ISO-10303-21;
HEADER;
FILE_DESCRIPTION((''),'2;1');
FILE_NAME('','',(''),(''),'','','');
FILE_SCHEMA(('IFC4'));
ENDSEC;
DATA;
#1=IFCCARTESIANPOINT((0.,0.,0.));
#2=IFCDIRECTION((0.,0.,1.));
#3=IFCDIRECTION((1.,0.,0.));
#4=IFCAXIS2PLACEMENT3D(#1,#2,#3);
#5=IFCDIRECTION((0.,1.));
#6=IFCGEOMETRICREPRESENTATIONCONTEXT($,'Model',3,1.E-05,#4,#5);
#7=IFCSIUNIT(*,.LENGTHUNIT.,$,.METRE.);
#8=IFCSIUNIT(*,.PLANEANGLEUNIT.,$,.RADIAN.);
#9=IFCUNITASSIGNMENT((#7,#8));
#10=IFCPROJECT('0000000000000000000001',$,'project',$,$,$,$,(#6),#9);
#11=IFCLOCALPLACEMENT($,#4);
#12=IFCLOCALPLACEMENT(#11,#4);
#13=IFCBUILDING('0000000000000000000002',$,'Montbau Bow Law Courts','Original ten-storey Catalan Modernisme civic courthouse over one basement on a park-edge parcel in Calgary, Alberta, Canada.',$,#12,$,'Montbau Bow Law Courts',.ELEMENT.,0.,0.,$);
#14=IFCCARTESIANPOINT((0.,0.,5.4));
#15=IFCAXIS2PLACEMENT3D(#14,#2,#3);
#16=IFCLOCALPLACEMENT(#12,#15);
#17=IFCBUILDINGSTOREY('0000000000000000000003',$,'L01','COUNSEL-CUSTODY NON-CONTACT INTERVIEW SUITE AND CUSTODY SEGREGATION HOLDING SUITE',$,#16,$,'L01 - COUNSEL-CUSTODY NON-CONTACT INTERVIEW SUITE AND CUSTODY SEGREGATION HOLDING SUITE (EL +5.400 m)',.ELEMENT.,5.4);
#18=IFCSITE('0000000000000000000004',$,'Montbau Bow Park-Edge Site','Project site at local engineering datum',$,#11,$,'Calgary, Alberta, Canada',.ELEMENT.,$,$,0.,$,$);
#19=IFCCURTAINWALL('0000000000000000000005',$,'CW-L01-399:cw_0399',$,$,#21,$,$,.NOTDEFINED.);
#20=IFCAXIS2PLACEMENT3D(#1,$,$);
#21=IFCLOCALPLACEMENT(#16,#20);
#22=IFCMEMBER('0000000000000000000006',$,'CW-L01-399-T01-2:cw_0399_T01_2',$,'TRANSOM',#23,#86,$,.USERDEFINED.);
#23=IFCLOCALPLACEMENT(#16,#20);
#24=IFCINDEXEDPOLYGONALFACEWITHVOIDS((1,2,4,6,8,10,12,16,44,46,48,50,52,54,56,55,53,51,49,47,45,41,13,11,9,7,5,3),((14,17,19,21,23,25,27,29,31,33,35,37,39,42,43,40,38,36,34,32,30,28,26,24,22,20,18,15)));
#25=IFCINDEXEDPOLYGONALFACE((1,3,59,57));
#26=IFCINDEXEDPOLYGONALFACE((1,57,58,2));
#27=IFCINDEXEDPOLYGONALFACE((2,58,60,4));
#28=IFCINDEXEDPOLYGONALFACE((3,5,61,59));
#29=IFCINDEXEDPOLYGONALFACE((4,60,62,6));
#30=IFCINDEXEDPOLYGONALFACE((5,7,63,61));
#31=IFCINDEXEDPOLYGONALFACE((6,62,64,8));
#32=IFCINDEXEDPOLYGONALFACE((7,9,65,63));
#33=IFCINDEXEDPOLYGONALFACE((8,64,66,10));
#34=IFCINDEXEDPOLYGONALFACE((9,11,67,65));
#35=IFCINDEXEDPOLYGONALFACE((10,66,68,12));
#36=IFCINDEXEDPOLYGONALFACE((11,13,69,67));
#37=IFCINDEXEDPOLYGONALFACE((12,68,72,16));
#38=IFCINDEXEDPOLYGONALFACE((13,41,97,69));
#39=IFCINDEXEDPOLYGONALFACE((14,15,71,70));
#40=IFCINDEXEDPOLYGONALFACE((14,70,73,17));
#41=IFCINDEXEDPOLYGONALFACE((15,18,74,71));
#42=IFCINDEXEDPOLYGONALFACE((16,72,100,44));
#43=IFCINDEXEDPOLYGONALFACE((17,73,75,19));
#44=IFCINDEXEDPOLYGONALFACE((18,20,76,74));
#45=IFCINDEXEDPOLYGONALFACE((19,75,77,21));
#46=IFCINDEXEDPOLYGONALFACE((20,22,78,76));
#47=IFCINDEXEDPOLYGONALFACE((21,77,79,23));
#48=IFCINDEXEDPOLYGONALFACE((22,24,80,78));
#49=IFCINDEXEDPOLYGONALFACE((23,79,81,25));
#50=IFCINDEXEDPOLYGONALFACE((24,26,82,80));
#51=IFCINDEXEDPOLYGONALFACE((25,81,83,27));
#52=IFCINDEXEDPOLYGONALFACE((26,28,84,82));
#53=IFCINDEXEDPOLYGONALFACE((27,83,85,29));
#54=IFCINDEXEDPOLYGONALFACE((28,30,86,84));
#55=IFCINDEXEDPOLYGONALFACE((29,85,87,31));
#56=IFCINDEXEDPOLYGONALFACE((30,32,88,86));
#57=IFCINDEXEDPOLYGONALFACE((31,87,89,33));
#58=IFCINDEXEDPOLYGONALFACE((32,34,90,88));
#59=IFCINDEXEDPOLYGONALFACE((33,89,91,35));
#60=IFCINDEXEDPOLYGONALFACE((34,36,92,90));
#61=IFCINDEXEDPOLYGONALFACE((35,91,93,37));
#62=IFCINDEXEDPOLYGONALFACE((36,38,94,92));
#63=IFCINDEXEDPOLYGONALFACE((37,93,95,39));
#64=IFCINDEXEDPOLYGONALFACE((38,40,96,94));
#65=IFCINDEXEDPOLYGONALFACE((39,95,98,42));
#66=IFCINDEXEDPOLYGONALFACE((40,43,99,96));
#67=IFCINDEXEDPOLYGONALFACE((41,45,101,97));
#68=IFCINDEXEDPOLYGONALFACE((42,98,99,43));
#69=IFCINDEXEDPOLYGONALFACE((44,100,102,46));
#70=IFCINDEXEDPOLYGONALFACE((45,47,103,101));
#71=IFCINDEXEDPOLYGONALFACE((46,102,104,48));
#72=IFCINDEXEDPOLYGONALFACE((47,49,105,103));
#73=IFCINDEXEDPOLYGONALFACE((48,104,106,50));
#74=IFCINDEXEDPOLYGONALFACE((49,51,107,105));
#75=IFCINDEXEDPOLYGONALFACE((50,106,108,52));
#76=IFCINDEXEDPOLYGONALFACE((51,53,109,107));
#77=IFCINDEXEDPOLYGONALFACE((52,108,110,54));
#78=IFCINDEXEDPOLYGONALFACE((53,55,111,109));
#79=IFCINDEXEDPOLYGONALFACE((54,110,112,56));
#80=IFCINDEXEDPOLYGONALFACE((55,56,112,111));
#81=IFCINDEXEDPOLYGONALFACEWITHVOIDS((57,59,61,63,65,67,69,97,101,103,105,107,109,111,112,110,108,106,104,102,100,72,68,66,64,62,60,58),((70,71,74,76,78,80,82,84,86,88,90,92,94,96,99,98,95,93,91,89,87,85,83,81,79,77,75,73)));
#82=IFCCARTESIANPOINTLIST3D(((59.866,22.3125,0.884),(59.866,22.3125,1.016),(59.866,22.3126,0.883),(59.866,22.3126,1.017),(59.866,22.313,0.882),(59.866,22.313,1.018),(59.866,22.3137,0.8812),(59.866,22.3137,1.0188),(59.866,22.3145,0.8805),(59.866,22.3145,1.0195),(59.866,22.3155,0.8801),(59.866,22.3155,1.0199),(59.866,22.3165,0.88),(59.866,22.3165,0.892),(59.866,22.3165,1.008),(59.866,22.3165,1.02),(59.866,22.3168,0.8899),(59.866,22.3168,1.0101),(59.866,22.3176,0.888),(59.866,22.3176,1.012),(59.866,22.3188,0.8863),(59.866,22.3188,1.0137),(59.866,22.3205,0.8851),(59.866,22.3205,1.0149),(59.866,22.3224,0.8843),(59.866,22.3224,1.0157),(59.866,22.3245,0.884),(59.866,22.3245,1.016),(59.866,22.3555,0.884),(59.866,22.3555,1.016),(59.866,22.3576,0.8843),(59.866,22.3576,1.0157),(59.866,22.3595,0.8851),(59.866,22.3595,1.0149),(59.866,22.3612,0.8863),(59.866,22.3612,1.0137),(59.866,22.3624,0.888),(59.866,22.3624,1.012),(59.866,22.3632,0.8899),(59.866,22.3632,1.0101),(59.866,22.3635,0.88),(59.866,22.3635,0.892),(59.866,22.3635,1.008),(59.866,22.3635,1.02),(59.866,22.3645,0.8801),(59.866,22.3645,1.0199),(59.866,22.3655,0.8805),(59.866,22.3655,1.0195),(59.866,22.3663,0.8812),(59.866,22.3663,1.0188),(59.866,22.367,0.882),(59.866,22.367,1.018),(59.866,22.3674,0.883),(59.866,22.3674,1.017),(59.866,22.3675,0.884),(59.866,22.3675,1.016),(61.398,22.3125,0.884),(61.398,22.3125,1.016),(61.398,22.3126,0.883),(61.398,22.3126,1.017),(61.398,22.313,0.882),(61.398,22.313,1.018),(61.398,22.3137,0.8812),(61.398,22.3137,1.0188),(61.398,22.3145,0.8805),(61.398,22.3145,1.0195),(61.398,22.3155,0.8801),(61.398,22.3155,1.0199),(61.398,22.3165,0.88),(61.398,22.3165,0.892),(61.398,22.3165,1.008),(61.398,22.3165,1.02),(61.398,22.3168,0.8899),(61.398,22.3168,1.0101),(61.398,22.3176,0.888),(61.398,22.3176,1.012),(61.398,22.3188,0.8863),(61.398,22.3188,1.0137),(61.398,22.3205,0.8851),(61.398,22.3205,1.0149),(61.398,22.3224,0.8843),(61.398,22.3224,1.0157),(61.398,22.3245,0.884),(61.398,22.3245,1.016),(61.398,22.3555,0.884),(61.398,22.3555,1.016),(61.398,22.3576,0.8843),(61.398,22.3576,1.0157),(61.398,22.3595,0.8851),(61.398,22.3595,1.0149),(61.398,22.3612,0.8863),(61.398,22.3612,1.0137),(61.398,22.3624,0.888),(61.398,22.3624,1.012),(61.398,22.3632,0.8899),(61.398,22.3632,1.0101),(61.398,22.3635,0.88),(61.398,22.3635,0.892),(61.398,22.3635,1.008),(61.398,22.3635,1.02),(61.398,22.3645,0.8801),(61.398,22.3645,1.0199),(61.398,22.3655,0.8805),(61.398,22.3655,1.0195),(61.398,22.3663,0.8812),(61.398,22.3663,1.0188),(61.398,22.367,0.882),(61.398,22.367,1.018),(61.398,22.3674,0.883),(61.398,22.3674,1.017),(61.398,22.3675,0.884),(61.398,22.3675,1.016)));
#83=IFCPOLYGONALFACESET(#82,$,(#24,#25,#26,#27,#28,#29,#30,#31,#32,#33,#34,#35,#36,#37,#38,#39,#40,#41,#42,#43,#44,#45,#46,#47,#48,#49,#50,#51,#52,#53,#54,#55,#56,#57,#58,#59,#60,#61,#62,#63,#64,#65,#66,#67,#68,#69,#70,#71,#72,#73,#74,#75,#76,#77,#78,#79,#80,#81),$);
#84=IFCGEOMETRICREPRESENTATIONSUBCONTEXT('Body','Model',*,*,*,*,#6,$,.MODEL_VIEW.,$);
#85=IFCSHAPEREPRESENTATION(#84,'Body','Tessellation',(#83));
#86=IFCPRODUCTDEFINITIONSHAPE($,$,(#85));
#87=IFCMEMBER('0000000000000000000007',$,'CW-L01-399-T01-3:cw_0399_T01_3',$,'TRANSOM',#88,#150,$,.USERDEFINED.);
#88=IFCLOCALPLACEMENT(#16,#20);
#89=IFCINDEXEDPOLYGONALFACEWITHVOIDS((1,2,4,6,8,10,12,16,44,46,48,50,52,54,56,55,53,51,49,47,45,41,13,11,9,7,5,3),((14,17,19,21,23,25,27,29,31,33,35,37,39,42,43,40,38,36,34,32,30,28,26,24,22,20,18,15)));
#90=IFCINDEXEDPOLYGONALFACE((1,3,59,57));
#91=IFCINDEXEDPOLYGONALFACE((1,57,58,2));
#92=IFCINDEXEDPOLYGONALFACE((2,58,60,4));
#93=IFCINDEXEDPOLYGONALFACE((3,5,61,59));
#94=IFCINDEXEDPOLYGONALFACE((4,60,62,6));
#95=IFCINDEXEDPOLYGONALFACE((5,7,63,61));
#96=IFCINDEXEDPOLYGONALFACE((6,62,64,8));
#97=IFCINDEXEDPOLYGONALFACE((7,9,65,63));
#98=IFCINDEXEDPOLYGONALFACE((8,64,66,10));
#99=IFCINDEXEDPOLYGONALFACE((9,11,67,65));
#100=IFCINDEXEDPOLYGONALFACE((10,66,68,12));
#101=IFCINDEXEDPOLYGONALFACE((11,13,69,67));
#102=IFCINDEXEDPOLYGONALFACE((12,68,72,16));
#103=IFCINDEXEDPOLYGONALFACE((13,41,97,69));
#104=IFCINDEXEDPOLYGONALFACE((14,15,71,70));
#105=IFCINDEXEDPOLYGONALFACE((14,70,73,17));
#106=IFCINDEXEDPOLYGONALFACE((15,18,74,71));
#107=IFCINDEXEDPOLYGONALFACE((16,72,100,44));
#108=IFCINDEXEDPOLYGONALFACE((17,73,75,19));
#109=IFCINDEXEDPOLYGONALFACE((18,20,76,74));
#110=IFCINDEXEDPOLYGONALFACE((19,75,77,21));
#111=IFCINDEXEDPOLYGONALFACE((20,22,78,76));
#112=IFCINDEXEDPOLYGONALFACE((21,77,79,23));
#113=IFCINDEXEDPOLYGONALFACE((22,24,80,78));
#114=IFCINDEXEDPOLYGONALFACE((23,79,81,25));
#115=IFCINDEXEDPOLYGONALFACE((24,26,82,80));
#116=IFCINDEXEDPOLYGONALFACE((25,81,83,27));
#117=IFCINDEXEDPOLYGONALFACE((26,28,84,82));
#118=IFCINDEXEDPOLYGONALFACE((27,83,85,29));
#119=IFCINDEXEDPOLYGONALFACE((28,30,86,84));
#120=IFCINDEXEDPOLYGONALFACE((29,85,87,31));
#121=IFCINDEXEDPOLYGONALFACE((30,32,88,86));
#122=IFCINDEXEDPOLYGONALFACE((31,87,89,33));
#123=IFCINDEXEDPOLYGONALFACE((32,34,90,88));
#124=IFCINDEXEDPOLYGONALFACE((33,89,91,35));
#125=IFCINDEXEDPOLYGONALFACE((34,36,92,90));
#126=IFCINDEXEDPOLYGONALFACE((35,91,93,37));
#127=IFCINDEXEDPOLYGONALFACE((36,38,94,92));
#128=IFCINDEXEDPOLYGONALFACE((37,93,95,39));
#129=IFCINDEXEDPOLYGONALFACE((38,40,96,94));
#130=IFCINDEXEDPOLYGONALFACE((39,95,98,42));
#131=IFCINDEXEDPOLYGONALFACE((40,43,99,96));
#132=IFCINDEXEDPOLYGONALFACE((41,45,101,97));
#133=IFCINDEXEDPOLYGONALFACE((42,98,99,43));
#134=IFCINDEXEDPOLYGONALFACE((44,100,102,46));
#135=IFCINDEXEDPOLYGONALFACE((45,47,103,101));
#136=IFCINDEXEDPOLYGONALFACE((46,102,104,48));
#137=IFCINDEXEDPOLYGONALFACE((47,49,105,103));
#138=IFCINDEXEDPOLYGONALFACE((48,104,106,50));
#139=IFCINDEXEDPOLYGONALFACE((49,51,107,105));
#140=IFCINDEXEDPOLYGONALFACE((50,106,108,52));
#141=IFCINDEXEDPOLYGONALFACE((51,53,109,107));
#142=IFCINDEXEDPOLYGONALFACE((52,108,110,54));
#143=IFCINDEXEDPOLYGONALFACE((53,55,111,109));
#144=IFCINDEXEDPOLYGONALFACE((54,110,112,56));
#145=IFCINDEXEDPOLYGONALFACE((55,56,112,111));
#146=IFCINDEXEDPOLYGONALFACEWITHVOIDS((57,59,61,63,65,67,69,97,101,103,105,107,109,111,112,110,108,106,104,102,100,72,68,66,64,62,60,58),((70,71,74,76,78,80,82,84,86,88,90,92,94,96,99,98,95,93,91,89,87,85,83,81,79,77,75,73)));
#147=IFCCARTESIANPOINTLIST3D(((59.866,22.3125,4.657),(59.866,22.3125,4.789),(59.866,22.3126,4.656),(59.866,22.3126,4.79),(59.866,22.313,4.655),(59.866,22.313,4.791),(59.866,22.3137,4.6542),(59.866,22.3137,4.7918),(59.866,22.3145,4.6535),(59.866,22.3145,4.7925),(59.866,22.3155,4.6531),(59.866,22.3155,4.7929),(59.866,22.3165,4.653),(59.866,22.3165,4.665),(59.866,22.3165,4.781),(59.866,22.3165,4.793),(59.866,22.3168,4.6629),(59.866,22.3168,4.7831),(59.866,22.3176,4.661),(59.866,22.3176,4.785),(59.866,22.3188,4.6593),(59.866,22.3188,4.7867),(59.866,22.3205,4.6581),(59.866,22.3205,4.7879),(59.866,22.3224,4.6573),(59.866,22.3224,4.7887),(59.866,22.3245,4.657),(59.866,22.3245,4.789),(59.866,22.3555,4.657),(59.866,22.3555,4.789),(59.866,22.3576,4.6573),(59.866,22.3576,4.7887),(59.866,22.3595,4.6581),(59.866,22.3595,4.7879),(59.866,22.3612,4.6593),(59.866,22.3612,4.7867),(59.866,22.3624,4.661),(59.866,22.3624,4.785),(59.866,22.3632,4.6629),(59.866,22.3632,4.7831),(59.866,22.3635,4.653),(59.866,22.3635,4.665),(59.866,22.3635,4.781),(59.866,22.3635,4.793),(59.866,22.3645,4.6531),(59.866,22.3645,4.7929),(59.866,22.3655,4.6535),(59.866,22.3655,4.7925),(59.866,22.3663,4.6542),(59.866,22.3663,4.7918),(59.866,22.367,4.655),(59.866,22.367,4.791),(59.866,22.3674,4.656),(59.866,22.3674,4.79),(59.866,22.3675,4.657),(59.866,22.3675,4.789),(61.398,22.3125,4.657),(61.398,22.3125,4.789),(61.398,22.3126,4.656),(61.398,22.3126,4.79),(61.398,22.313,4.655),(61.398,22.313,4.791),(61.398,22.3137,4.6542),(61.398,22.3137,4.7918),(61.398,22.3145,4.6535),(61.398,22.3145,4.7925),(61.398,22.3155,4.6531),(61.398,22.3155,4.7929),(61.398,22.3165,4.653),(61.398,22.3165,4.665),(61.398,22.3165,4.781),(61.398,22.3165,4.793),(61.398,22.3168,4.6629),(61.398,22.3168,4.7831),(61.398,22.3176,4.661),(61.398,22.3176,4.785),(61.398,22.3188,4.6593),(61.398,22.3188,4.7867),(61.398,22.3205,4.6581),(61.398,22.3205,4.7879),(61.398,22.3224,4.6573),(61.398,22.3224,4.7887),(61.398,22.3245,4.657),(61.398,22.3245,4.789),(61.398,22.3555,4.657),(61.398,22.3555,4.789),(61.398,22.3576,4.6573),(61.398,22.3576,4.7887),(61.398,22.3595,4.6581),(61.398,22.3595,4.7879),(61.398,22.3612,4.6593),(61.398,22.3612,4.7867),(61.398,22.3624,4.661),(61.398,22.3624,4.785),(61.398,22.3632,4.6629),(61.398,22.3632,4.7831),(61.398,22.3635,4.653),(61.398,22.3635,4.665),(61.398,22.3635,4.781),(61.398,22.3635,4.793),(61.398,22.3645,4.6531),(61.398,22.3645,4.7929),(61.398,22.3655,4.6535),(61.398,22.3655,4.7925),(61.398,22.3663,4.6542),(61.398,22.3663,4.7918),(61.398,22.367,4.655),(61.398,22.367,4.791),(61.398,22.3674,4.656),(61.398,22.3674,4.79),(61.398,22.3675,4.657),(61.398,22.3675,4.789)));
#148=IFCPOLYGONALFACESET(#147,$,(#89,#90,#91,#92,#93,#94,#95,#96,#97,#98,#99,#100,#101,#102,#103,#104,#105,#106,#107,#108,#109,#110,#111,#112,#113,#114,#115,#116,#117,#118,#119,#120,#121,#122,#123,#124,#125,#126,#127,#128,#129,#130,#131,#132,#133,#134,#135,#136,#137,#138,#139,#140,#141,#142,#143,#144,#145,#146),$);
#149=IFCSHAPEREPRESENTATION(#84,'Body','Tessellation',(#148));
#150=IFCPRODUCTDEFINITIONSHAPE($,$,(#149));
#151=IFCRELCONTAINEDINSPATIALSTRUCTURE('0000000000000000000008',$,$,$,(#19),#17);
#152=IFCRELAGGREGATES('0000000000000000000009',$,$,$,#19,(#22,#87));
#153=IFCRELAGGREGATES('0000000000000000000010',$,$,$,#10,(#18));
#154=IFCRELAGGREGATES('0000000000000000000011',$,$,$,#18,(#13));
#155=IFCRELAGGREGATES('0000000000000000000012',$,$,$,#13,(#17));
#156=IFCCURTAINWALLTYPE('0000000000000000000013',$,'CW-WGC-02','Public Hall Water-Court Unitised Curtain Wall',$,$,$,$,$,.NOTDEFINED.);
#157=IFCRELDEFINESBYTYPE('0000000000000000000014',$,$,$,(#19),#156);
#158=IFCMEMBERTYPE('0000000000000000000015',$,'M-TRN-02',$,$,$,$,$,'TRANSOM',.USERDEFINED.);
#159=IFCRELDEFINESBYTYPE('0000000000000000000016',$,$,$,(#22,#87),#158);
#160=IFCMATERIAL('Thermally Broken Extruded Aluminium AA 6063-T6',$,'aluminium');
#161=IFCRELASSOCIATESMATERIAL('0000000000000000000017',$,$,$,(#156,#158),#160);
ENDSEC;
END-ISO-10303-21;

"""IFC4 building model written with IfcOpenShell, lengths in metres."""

from ifc_helpers import new_model, si_unit, direction, frame, origin_with_axes, origin_2d_with_axis, place, context, subcontext, project, spatial, hollow_rectangle, extrude, material, material_profile, profile_set, type_object, element, aggregate, save


model = new_model("IFC4")

# Units and contexts
model_context = context("Model", 3, precision=1e-05, world=origin_with_axes(), true_north=direction((0.0, 1.0)))
body_context = subcontext(model_context, "Body", "Model", "MODEL_VIEW")
ifc_project = project(units=[si_unit("LENGTHUNIT", "METRE"), si_unit("PLANEANGLEUNIT", "RADIAN")], contexts=[model_context])

# Site, building, storey
site_placement = place(None, origin_with_axes())
site = spatial("IfcSite", under=ifc_project, at=site_placement, Name="Montbau Bow Park-Edge Site", Description="Project site at local engineering datum", LongName="Calgary, Alberta, Canada", CompositionType="ELEMENT", RefElevation=0.0)
building_placement = place(site_placement, origin_with_axes())
building = spatial("IfcBuilding", under=site, at=building_placement, Name="Montbau Bow Law Courts", Description="Original ten-storey Catalan Modernisme civic courthouse over one basement on a park-edge parcel in Calgary, Alberta, Canada.", LongName="Montbau Bow Law Courts", CompositionType="ELEMENT", ElevationOfRefHeight=0.0, ElevationOfTerrain=0.0)
storey_placement = place(building_placement, frame((0.0, 0.0, 5.4), z_axis=(0.0, 0.0, 1.0), x_axis=(1.0, 0.0, 0.0)))
storey = spatial("IfcBuildingStorey", under=building, at=storey_placement, Name="L01", Description="COUNSEL-CUSTODY NON-CONTACT INTERVIEW SUITE AND CUSTODY SEGREGATION HOLDING SUITE", LongName="L01 - COUNSEL-CUSTODY NON-CONTACT INTERVIEW SUITE AND CUSTODY SEGREGATION HOLDING SUITE (EL +5.400 m)", CompositionType="ELEMENT", Elevation=5.4)

# Curtain wall
ifc_material_1 = material(Name="Thermally Broken Extruded Aluminium AA 6063-T6", Category="aluminium")
curtain_wall_type_1 = type_object("IfcCurtainWallType", Name="CW-WGC-02", Description="Public Hall Water-Court Unitised Curtain Wall", PredefinedType="NOTDEFINED", material=ifc_material_1)
curtain_wall_1_placement = place(None, frame((59.79, 22.34, 5.4), z_axis=(0.0, 0.0, 1.0), x_axis=(1.0, 0.0, 0.0)))
curtain_wall_1 = element("IfcCurtainWall", 1, at=curtain_wall_1_placement, inside=storey, type_object=curtain_wall_type_1, Name="CW-L01-399:cw_0399", PredefinedType="NOTDEFINED")

# Members
ifc_material_profile_1 = material_profile(ifc_material_1, hollow_rectangle(XDim=0.055, YDim=0.14, WallThickness=0.004, InnerFilletRadius=0.008, OuterFilletRadius=0.004, at=origin_2d_with_axis()), Name="CWT-140X55", Category="Main", Priority=0)
ifc_profile_set_1 = profile_set([ifc_material_profile_1], Name="Thermally Broken Extruded Aluminium AA 6063-T6")
member_type_1 = type_object("IfcMemberType", Name="M-TRN-02", ElementType="TRANSOM", PredefinedType="USERDEFINED", material=ifc_profile_set_1)
member_1_placement = place(None, frame((59.866, 22.34, 6.35), z_axis=(1.0, 0.0, 0.0), x_axis=(0.0, 1.0, 0.0)))
member_1 = element("IfcMember", 2, at=member_1_placement, type_object=member_type_1, Name="CW-L01-399-T01-2:cw_0399_T01_2", ObjectType="TRANSOM", PredefinedType="USERDEFINED", context=body_context, shape_type="SweptSolid", body=[
    extrude(hollow_rectangle(XDim=0.055, YDim=0.14, WallThickness=0.004, InnerFilletRadius=0.008, OuterFilletRadius=0.004, at=origin_2d_with_axis()), origin_with_axes(), (0.0, 0.0, 1.0), 1.532),
])
member_2_placement = place(None, frame((59.866, 22.34, 10.123), z_axis=(1.0, 0.0, 0.0), x_axis=(0.0, 1.0, 0.0)))
member_2 = element("IfcMember", 3, at=member_2_placement, type_object=member_type_1, Name="CW-L01-399-T01-3:cw_0399_T01_3", ObjectType="TRANSOM", PredefinedType="USERDEFINED", context=body_context, shape_type="SweptSolid", body=[
    extrude(hollow_rectangle(XDim=0.055, YDim=0.14, WallThickness=0.004, InnerFilletRadius=0.008, OuterFilletRadius=0.004, at=origin_2d_with_axis()), origin_with_axes(), (0.0, 0.0, 1.0), 1.532),
])

aggregate(curtain_wall_1, [member_1, member_2])

save(model, "model.ifc")
